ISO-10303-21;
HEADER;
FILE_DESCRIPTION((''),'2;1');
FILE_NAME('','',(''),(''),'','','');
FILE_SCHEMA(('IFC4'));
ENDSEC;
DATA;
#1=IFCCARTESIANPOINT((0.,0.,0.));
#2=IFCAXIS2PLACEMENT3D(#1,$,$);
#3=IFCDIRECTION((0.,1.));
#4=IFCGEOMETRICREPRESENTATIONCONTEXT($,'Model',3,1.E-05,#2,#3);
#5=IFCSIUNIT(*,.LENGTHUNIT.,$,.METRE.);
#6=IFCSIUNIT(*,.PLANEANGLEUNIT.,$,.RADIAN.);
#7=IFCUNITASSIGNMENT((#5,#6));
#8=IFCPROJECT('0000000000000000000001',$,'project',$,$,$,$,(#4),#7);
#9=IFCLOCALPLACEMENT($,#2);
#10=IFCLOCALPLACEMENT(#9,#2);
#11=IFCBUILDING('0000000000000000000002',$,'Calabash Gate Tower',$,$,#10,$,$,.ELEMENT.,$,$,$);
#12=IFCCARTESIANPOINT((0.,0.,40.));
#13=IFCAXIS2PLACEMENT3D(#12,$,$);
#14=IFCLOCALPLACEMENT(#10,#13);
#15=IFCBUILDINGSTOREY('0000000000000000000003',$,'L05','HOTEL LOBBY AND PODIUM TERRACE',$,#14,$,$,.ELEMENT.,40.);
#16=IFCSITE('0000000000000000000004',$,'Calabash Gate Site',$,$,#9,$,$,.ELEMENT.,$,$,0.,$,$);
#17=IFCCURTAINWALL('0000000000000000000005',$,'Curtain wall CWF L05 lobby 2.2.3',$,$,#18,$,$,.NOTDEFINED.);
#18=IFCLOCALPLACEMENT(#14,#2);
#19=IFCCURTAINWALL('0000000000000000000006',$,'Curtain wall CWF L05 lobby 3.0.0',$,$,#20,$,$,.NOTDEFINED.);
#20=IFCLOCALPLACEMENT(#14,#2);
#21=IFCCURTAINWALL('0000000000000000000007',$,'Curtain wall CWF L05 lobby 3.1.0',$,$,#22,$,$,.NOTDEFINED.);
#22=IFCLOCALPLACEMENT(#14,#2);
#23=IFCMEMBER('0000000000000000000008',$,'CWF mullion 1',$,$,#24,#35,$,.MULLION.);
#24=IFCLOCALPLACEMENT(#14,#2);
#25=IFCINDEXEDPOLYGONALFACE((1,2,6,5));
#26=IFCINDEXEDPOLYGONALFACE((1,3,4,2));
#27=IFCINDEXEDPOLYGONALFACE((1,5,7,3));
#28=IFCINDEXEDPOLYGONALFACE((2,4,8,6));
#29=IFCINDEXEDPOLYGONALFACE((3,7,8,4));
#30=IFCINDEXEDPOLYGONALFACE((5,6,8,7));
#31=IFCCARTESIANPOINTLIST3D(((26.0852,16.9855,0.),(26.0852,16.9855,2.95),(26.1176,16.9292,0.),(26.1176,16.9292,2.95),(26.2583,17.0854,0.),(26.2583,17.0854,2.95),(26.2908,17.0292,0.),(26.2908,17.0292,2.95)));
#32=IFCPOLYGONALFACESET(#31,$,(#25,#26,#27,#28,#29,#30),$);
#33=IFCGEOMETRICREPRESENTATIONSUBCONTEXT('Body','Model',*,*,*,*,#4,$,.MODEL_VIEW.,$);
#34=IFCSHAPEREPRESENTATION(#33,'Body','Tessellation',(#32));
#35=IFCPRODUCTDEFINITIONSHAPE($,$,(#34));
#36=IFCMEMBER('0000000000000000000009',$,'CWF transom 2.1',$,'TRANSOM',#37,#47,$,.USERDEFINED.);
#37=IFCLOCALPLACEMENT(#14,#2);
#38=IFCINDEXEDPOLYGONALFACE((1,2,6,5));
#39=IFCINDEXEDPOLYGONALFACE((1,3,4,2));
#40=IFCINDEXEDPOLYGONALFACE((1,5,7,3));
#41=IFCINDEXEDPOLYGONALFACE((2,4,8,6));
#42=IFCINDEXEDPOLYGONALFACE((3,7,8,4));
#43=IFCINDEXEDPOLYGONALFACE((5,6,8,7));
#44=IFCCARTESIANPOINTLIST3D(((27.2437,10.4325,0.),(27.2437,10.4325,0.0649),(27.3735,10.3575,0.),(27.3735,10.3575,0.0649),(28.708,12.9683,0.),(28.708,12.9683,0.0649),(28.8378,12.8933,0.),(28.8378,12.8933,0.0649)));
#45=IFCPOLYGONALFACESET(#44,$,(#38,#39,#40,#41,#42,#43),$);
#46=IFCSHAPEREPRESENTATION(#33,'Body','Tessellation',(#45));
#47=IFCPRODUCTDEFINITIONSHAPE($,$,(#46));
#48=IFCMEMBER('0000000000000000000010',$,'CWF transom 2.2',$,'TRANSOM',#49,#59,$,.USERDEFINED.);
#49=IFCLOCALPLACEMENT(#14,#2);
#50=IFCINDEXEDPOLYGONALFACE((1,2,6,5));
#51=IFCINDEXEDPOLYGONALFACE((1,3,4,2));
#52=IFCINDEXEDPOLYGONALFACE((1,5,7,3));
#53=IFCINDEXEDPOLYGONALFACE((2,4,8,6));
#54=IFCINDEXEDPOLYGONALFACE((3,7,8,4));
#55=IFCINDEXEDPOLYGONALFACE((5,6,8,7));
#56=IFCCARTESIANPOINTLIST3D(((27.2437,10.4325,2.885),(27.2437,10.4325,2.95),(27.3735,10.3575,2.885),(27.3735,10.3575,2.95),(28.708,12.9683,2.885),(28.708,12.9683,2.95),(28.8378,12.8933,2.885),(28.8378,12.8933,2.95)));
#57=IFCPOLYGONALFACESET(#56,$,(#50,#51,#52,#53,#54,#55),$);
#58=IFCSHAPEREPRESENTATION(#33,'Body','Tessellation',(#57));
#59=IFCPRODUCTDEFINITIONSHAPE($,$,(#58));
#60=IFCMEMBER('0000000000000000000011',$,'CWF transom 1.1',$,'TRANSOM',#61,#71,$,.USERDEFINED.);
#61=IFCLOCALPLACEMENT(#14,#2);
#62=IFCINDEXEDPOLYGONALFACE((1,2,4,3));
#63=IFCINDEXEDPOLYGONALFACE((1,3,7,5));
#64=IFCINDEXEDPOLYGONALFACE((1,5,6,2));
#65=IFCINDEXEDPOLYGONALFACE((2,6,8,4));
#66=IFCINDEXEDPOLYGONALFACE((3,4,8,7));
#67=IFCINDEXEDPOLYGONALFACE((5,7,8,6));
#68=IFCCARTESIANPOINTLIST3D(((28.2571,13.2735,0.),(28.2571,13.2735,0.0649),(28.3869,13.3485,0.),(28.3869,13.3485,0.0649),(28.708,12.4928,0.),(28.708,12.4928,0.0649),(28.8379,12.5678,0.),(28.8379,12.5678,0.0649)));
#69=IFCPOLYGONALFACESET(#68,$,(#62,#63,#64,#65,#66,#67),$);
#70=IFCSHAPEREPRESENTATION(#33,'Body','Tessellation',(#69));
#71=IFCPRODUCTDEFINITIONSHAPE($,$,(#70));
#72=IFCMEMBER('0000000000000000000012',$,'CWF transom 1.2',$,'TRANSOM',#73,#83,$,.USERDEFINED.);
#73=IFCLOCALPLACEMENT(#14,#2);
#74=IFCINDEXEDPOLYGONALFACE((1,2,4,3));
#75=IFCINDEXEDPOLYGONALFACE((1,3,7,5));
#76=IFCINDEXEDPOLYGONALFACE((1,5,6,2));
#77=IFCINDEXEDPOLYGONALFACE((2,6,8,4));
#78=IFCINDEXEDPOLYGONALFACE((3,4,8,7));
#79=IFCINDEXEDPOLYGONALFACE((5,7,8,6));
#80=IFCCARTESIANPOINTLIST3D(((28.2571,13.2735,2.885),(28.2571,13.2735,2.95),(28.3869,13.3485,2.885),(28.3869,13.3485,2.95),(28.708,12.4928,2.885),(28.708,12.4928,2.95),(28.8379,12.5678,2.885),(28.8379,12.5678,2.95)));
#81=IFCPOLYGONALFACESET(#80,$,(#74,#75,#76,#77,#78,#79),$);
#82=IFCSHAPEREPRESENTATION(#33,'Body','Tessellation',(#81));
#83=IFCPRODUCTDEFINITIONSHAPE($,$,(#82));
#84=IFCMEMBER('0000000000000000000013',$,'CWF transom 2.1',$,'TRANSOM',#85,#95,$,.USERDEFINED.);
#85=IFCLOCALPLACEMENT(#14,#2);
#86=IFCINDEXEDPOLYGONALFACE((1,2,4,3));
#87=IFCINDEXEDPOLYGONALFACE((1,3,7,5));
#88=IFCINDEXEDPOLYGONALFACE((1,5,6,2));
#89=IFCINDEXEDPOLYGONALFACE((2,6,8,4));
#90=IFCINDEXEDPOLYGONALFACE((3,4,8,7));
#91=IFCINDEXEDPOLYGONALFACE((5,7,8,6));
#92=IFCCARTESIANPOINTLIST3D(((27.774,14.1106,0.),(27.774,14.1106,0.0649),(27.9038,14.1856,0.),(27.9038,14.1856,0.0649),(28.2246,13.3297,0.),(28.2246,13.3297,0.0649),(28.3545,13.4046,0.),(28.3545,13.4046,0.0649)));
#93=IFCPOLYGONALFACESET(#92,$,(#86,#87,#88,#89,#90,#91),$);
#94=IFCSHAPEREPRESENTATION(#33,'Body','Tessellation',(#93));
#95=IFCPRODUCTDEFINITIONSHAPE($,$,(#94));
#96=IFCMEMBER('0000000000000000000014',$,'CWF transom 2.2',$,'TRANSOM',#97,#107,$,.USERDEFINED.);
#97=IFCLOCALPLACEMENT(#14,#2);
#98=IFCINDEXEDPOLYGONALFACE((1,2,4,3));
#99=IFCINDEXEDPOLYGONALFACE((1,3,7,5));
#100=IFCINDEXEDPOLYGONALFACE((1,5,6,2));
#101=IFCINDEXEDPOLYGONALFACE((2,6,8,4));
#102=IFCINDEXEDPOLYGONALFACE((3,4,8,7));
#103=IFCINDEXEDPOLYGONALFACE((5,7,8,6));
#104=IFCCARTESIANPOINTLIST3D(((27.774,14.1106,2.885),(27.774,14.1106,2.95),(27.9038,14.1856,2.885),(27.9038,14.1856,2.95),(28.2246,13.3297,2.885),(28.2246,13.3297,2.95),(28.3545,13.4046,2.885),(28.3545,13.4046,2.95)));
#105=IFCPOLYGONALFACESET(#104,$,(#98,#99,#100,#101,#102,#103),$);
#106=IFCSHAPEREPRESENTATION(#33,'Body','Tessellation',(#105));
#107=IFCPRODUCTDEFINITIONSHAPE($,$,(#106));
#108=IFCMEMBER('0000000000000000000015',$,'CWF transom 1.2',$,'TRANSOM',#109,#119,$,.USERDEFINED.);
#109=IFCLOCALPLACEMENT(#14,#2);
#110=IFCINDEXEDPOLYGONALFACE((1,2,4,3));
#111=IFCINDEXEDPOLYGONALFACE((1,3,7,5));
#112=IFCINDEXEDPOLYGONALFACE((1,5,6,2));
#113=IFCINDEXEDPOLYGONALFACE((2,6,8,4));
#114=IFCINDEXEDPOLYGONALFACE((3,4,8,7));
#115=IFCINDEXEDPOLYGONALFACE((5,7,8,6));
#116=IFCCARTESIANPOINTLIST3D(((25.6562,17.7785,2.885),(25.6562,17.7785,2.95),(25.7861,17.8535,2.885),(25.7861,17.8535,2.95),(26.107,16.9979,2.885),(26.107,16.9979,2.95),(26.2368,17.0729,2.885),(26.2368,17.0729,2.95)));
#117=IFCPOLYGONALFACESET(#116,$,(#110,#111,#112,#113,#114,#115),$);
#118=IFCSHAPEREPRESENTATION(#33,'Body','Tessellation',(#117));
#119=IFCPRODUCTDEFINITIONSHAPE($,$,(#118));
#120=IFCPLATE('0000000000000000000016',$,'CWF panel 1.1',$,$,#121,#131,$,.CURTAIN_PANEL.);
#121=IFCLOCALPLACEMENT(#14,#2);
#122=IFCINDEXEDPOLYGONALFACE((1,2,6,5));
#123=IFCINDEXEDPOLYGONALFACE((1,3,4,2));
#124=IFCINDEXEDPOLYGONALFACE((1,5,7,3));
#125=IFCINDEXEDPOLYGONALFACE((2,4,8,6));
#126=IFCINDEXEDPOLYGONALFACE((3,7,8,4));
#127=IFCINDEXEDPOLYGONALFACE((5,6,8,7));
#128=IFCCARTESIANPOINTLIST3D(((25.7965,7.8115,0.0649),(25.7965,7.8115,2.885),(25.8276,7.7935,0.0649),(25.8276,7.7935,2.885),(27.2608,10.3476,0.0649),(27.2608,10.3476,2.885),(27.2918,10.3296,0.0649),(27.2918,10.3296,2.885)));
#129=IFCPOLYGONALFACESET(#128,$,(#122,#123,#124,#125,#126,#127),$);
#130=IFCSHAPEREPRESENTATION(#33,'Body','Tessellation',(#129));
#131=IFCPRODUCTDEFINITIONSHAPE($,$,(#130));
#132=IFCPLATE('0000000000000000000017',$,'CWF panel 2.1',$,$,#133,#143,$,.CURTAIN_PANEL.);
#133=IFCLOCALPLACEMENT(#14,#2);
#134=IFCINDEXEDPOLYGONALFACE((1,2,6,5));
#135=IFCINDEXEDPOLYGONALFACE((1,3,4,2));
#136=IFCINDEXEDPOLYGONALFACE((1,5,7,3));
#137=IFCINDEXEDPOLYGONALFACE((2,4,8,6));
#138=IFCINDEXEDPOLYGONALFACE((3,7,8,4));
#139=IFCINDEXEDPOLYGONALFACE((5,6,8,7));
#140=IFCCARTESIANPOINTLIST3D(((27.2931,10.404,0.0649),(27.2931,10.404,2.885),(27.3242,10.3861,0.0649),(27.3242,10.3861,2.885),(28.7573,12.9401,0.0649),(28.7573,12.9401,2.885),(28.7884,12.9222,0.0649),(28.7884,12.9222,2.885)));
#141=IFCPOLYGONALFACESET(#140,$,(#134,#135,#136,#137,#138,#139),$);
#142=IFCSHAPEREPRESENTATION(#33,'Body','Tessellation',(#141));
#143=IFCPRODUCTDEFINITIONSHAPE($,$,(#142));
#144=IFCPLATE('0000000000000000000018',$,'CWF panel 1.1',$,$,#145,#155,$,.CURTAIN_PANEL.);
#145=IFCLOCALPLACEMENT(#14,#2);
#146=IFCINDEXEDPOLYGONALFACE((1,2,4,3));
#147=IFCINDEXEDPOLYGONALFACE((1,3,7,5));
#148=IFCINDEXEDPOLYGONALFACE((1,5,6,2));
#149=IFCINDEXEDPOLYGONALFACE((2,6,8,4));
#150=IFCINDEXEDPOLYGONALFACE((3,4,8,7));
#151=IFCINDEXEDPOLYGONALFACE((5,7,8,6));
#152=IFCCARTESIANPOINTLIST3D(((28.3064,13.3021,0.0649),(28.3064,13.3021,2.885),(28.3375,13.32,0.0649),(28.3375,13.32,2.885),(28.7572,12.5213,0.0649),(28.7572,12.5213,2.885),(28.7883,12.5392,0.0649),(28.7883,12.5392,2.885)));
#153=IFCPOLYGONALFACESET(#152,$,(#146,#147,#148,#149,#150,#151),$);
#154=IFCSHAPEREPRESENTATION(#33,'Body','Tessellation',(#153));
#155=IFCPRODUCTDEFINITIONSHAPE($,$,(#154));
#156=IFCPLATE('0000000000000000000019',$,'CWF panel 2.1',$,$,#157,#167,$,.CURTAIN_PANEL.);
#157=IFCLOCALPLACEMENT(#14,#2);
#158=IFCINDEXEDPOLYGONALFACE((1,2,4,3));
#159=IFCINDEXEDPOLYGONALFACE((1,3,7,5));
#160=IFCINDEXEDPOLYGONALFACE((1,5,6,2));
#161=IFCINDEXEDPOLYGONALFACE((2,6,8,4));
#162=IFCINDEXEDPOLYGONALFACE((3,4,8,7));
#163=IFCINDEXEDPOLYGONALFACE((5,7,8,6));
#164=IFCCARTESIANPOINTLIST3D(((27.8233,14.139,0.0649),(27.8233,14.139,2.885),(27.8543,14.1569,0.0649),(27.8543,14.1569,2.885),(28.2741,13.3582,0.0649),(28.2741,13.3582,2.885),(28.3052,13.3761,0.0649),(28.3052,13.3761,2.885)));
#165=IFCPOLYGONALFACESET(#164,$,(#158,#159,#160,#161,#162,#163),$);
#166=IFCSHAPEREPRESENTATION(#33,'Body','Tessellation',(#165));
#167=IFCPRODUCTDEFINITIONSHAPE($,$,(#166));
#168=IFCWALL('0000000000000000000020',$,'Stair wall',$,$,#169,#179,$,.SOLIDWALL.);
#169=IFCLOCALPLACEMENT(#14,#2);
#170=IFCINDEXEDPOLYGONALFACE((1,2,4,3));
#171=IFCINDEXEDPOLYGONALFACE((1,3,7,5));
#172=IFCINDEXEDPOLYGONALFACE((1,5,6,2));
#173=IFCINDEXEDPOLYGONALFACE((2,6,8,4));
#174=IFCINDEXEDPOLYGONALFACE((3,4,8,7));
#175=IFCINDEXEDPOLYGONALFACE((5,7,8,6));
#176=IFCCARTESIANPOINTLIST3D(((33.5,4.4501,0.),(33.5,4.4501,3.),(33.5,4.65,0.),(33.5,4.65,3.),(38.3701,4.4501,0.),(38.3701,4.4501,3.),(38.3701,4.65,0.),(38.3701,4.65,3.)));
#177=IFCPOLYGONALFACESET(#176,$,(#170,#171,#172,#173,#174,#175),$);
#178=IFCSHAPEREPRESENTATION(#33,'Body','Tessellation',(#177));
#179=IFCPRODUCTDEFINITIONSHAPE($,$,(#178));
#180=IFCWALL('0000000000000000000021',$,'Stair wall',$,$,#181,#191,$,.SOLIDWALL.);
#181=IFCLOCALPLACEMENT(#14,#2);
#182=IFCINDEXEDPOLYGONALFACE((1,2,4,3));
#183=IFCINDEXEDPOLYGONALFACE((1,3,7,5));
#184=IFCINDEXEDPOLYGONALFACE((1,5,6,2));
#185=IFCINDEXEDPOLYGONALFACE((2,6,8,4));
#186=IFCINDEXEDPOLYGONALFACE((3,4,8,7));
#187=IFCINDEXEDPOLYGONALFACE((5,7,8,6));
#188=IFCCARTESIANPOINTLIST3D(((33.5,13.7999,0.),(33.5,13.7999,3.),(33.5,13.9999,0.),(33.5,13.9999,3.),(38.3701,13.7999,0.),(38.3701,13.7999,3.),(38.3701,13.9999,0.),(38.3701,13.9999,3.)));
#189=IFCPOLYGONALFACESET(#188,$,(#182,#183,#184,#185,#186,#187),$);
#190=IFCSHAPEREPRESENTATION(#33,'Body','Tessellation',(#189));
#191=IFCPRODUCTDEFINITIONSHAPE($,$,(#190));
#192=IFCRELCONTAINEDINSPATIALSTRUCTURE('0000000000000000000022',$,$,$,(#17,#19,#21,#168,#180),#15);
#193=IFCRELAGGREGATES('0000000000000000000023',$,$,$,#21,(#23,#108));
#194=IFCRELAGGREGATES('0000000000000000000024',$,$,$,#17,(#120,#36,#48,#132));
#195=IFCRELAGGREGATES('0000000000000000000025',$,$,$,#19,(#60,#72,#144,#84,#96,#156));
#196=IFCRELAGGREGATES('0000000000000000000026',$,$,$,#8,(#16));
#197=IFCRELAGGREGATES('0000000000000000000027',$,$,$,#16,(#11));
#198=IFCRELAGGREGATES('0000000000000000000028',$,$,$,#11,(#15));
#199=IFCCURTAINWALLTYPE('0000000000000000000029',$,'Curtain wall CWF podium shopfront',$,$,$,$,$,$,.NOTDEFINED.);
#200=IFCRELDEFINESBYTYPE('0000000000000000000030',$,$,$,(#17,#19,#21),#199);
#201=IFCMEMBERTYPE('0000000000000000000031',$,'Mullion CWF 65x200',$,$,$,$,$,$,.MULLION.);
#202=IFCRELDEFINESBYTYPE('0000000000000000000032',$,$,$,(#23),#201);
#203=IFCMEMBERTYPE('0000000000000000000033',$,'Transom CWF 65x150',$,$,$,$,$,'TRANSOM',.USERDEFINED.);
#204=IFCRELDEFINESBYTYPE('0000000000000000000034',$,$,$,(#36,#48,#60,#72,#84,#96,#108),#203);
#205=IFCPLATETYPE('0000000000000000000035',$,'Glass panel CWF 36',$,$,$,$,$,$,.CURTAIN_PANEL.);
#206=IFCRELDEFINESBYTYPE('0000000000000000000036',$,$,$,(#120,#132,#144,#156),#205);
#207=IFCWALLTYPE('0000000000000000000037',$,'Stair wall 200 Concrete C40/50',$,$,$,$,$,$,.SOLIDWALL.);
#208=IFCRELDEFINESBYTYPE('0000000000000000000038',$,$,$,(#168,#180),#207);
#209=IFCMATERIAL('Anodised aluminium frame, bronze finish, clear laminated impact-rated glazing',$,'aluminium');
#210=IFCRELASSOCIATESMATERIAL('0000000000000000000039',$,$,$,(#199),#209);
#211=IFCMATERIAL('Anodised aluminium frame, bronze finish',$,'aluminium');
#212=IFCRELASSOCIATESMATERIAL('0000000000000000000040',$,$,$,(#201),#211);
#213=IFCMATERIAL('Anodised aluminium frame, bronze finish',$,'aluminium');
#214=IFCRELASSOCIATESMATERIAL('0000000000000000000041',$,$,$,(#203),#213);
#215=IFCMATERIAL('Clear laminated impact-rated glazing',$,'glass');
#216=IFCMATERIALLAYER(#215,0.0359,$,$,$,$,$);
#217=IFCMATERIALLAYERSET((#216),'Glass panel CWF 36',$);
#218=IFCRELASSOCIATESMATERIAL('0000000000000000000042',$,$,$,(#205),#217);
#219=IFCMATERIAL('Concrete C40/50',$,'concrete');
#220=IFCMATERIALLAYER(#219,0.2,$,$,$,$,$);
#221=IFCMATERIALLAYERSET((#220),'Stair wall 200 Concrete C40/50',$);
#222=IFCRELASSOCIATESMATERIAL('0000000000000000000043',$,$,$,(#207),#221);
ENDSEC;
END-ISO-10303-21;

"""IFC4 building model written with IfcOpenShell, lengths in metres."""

from ifc_helpers import new_model, si_unit, direction, frame, frame_2d, origin, origin_2d, place, context, subcontext, project, spatial, rectangle, extrude, material, layer, layer_set, material_profile, profile_set, type_object, element, aggregate, save


model = new_model("IFC4")

# Units and contexts
model_context = context("Model", 3, precision=1e-05, world=origin(), true_north=direction((0.0, 1.0)))
body_context = subcontext(model_context, "Body", "Model", "MODEL_VIEW")
ifc_project = project(units=[si_unit("LENGTHUNIT", "METRE"), si_unit("PLANEANGLEUNIT", "RADIAN")], contexts=[model_context])

# Site, building, storey
site_placement = place(None, origin())
site = spatial("IfcSite", under=ifc_project, at=site_placement, Name="Calabash Gate Site", CompositionType="ELEMENT", RefElevation=0.0)
building_placement = place(site_placement, origin())
building = spatial("IfcBuilding", under=site, at=building_placement, Name="Calabash Gate Tower", CompositionType="ELEMENT")
storey_placement = place(building_placement, frame((0.0, 0.0, 40.0)))
storey = spatial("IfcBuildingStorey", under=building, at=storey_placement, Name="L05", Description="HOTEL LOBBY AND PODIUM TERRACE", CompositionType="ELEMENT", Elevation=40.0)

# Curtain walls
ifc_material_1 = material(Name="Anodised aluminium frame, bronze finish, clear laminated impact-rated glazing", Category="aluminium")
curtain_wall_type = type_object("IfcCurtainWallType", Name="Curtain wall CWF podium shopfront", PredefinedType="NOTDEFINED", material=ifc_material_1)
curtain_wall_1_placement = place(storey_placement, origin())
curtain_wall_1 = element("IfcCurtainWall", 1, at=curtain_wall_1_placement, inside=storey, type_object=curtain_wall_type, Name="Curtain wall CWF L05 lobby 2.2.3", PredefinedType="NOTDEFINED")
ifc_material_2 = material(Name="Anodised aluminium frame, bronze finish", Category="aluminium")
ifc_material_profile_1 = material_profile(ifc_material_2, rectangle(XDim=0.2, YDim=0.0649, at=origin_2d()))
ifc_profile_set_1 = profile_set([ifc_material_profile_1], Name="Anodised aluminium frame, bronze finish")
member_type_1 = type_object("IfcMemberType", Name="Mullion CWF 65x200", PredefinedType="MULLION", material=ifc_profile_set_1)
curtain_wall_2_placement = place(storey_placement, origin())
curtain_wall_2 = element("IfcCurtainWall", 2, at=curtain_wall_2_placement, inside=storey, type_object=curtain_wall_type, Name="Curtain wall CWF L05 lobby 3.0.0", PredefinedType="NOTDEFINED")

# Curtain wall, member
curtain_wall_3_placement = place(storey_placement, origin())
curtain_wall_3 = element("IfcCurtainWall", 3, at=curtain_wall_3_placement, inside=storey, type_object=curtain_wall_type, Name="Curtain wall CWF L05 lobby 3.1.0", PredefinedType="NOTDEFINED")
member_1_placement = place(storey_placement, frame((26.188, 17.0073, 0.0), z_axis=(0.0, 0.0, 1.0), x_axis=(-0.866025, -0.5, 0.0)))
member_1 = element("IfcMember", 4, at=member_1_placement, type_object=member_type_1, Name="CWF mullion 1", PredefinedType="MULLION", context=body_context, shape_type="SweptSolid", body=[
    extrude(rectangle(XDim=0.2, YDim=0.0649, at=origin_2d()), origin(), (0.0, 0.0, 1.0), 2.95),
])

# Members
ifc_material_3 = material(Name="Anodised aluminium frame, bronze finish", Category="aluminium")
ifc_material_profile_2 = material_profile(ifc_material_3, rectangle(XDim=0.1499, YDim=0.0649, at=origin_2d()))
ifc_profile_set_2 = profile_set([ifc_material_profile_2], Name="Anodised aluminium frame, bronze finish")
member_type_2 = type_object("IfcMemberType", Name="Transom CWF 65x150", ElementType="TRANSOM", PredefinedType="USERDEFINED", material=ifc_profile_set_2)
member_2_placement = place(storey_placement, frame((27.3086, 10.395, 0.0325), z_axis=(0.500066, 0.865987, 0.0), x_axis=(-0.865987, 0.500066, 0.0)))
member_2 = element("IfcMember", 5, at=member_2_placement, type_object=member_type_2, Name="CWF transom 2.1", ObjectType="TRANSOM", PredefinedType="USERDEFINED", context=body_context, shape_type="SweptSolid", body=[
    extrude(rectangle(XDim=0.1499, YDim=0.0649, at=origin_2d()), origin(), (0.0, 0.0, 1.0), 2.9282),
])
member_3_placement = place(storey_placement, frame((27.3086, 10.395, 2.9175), z_axis=(0.500066, 0.865987, 0.0), x_axis=(-0.865987, 0.500066, 0.0)))
member_3 = element("IfcMember", 6, at=member_3_placement, type_object=member_type_2, Name="CWF transom 2.2", ObjectType="TRANSOM", PredefinedType="USERDEFINED", context=body_context, shape_type="SweptSolid", body=[
    extrude(rectangle(XDim=0.1499, YDim=0.0649, at=origin_2d()), origin(), (0.0, 0.0, 1.0), 2.9282),
])
member_4_placement = place(storey_placement, frame((28.7729, 12.5303, 0.0325), z_axis=(-0.500129, 0.865951, 0.0), x_axis=(-0.865951, -0.500129, 0.0)))
member_4 = element("IfcMember", 7, at=member_4_placement, type_object=member_type_2, Name="CWF transom 1.1", ObjectType="TRANSOM", PredefinedType="USERDEFINED", context=body_context, shape_type="SweptSolid", body=[
    extrude(rectangle(XDim=0.1499, YDim=0.0649, at=origin_2d()), origin(), (0.0, 0.0, 1.0), 0.9016),
])
member_5_placement = place(storey_placement, frame((28.7729, 12.5303, 2.9175), z_axis=(-0.500129, 0.865951, 0.0), x_axis=(-0.865951, -0.500129, 0.0)))
member_5 = element("IfcMember", 8, at=member_5_placement, type_object=member_type_2, Name="CWF transom 1.2", ObjectType="TRANSOM", PredefinedType="USERDEFINED", context=body_context, shape_type="SweptSolid", body=[
    extrude(rectangle(XDim=0.1499, YDim=0.0649, at=origin_2d()), origin(), (0.0, 0.0, 1.0), 0.9016),
])
member_6_placement = place(storey_placement, frame((28.2896, 13.3672, 0.0325), z_axis=(-0.499808, 0.866136, 0.0), x_axis=(-0.866136, -0.499808, 0.0)))
member_6 = element("IfcMember", 9, at=member_6_placement, type_object=member_type_2, Name="CWF transom 2.1", ObjectType="TRANSOM", PredefinedType="USERDEFINED", context=body_context, shape_type="SweptSolid", body=[
    extrude(rectangle(XDim=0.1499, YDim=0.0649, at=origin_2d()), origin(), (0.0, 0.0, 1.0), 0.9016),
])
member_7_placement = place(storey_placement, frame((28.2896, 13.3672, 2.9175), z_axis=(-0.499808, 0.866136, 0.0), x_axis=(-0.866136, -0.499808, 0.0)))
member_7 = element("IfcMember", 10, at=member_7_placement, type_object=member_type_2, Name="CWF transom 2.2", ObjectType="TRANSOM", PredefinedType="USERDEFINED", context=body_context, shape_type="SweptSolid", body=[
    extrude(rectangle(XDim=0.1499, YDim=0.0649, at=origin_2d()), origin(), (0.0, 0.0, 1.0), 0.9016),
])
member_8_placement = place(storey_placement, frame((26.1719, 17.0354, 2.9175), z_axis=(-0.500043, 0.866001, 0.0), x_axis=(-0.866001, -0.500043, 0.0)))
member_8 = element("IfcMember", 11, at=member_8_placement, type_object=member_type_2, Name="CWF transom 1.2", ObjectType="TRANSOM", PredefinedType="USERDEFINED", context=body_context, shape_type="SweptSolid", body=[
    extrude(rectangle(XDim=0.1499, YDim=0.0649, at=origin_2d()), origin(), (0.0, 0.0, 1.0), 0.9014),
])
aggregate(curtain_wall_3, [member_1, member_8])

# Plates
ifc_material_4 = material(Name="Clear laminated impact-rated glazing", Category="glass")
ifc_layer_1 = layer(ifc_material_4, 0.0359)
ifc_layer_set_1 = layer_set([ifc_layer_1], Name="Glass panel CWF 36")
plate_type = type_object("IfcPlateType", Name="Glass panel CWF 36", PredefinedType="CURTAIN_PANEL", material=ifc_layer_set_1)
plate_1_placement = place(storey_placement, frame((26.5442, 9.0706, 0.0649), z_axis=(0.0, 0.0, 1.0), x_axis=(0.5, 0.866025, 0.0)))
plate_1 = element("IfcPlate", 12, at=plate_1_placement, type_object=plate_type, Name="CWF panel 1.1", PredefinedType="CURTAIN_PANEL", context=body_context, shape_type="SweptSolid", body=[
    extrude(rectangle(XDim=2.9285, YDim=0.0359, at=origin_2d()), origin(), (0.0, 0.0, 1.0), 2.8201),
])
plate_2_placement = place(storey_placement, frame((28.0408, 11.6631, 0.0649), z_axis=(0.0, 0.0, 1.0), x_axis=(0.5, 0.866025, 0.0)))
plate_2 = element("IfcPlate", 13, at=plate_2_placement, type_object=plate_type, Name="CWF panel 2.1", PredefinedType="CURTAIN_PANEL", context=body_context, shape_type="SweptSolid", body=[
    extrude(rectangle(XDim=2.9285, YDim=0.0359, at=origin_2d()), origin(), (0.0, 0.0, 1.0), 2.8201),
])
aggregate(curtain_wall_1, [plate_1, member_2, member_3, plate_2])
plate_3_placement = place(storey_placement, frame((28.5474, 12.9207, 0.0649), z_axis=(0.0, 0.0, 1.0), x_axis=(-0.5, 0.866025, 0.0)))
plate_3 = element("IfcPlate", 14, at=plate_3_placement, type_object=plate_type, Name="CWF panel 1.1", PredefinedType="CURTAIN_PANEL", context=body_context, shape_type="SweptSolid", body=[
    extrude(rectangle(XDim=0.9016, YDim=0.0359, at=origin_2d()), origin(), (0.0, 0.0, 1.0), 2.8201),
])
plate_4_placement = place(storey_placement, frame((28.0642, 13.7576, 0.0649), z_axis=(0.0, 0.0, 1.0), x_axis=(-0.5, 0.866025, 0.0)))
plate_4 = element("IfcPlate", 15, at=plate_4_placement, type_object=plate_type, Name="CWF panel 2.1", PredefinedType="CURTAIN_PANEL", context=body_context, shape_type="SweptSolid", body=[
    extrude(rectangle(XDim=0.9016, YDim=0.0359, at=origin_2d()), origin(), (0.0, 0.0, 1.0), 2.8201),
])
aggregate(curtain_wall_2, [member_4, member_5, plate_3, member_6, member_7, plate_4])

# Walls
ifc_material_5 = material(Name="Concrete C40/50", Category="concrete")
ifc_layer_2 = layer(ifc_material_5, 0.2)
ifc_layer_set_2 = layer_set([ifc_layer_2], Name="Stair wall 200 Concrete C40/50")
wall_type = type_object("IfcWallType", Name="Stair wall 200 Concrete C40/50", PredefinedType="SOLIDWALL", material=ifc_layer_set_2)
for number, where, z_axis, x_axis, name in (
    (16, (33.5, 4.55, 0.0), (0.0, 0.0, 1.0), (1.0, 0.0, 0.0), "Stair wall"),
    (17, (33.5, 13.8999, 0.0), (0.0, 0.0, 1.0), (1.0, 0.0, 0.0), "Stair wall"),
):
    element("IfcWall", number, at=place(storey_placement, frame(where, z_axis=z_axis, x_axis=x_axis)), inside=storey, type_object=wall_type, Name=name, PredefinedType="SOLIDWALL", context=body_context, shape_type="SweptSolid", body=[
        extrude(rectangle(XDim=4.8701, YDim=0.2, at=frame_2d((2.4351, 0.0))), origin(), (0.0, 0.0, 1.0), 3.0),
    ])

save(model, "model.ifc")
